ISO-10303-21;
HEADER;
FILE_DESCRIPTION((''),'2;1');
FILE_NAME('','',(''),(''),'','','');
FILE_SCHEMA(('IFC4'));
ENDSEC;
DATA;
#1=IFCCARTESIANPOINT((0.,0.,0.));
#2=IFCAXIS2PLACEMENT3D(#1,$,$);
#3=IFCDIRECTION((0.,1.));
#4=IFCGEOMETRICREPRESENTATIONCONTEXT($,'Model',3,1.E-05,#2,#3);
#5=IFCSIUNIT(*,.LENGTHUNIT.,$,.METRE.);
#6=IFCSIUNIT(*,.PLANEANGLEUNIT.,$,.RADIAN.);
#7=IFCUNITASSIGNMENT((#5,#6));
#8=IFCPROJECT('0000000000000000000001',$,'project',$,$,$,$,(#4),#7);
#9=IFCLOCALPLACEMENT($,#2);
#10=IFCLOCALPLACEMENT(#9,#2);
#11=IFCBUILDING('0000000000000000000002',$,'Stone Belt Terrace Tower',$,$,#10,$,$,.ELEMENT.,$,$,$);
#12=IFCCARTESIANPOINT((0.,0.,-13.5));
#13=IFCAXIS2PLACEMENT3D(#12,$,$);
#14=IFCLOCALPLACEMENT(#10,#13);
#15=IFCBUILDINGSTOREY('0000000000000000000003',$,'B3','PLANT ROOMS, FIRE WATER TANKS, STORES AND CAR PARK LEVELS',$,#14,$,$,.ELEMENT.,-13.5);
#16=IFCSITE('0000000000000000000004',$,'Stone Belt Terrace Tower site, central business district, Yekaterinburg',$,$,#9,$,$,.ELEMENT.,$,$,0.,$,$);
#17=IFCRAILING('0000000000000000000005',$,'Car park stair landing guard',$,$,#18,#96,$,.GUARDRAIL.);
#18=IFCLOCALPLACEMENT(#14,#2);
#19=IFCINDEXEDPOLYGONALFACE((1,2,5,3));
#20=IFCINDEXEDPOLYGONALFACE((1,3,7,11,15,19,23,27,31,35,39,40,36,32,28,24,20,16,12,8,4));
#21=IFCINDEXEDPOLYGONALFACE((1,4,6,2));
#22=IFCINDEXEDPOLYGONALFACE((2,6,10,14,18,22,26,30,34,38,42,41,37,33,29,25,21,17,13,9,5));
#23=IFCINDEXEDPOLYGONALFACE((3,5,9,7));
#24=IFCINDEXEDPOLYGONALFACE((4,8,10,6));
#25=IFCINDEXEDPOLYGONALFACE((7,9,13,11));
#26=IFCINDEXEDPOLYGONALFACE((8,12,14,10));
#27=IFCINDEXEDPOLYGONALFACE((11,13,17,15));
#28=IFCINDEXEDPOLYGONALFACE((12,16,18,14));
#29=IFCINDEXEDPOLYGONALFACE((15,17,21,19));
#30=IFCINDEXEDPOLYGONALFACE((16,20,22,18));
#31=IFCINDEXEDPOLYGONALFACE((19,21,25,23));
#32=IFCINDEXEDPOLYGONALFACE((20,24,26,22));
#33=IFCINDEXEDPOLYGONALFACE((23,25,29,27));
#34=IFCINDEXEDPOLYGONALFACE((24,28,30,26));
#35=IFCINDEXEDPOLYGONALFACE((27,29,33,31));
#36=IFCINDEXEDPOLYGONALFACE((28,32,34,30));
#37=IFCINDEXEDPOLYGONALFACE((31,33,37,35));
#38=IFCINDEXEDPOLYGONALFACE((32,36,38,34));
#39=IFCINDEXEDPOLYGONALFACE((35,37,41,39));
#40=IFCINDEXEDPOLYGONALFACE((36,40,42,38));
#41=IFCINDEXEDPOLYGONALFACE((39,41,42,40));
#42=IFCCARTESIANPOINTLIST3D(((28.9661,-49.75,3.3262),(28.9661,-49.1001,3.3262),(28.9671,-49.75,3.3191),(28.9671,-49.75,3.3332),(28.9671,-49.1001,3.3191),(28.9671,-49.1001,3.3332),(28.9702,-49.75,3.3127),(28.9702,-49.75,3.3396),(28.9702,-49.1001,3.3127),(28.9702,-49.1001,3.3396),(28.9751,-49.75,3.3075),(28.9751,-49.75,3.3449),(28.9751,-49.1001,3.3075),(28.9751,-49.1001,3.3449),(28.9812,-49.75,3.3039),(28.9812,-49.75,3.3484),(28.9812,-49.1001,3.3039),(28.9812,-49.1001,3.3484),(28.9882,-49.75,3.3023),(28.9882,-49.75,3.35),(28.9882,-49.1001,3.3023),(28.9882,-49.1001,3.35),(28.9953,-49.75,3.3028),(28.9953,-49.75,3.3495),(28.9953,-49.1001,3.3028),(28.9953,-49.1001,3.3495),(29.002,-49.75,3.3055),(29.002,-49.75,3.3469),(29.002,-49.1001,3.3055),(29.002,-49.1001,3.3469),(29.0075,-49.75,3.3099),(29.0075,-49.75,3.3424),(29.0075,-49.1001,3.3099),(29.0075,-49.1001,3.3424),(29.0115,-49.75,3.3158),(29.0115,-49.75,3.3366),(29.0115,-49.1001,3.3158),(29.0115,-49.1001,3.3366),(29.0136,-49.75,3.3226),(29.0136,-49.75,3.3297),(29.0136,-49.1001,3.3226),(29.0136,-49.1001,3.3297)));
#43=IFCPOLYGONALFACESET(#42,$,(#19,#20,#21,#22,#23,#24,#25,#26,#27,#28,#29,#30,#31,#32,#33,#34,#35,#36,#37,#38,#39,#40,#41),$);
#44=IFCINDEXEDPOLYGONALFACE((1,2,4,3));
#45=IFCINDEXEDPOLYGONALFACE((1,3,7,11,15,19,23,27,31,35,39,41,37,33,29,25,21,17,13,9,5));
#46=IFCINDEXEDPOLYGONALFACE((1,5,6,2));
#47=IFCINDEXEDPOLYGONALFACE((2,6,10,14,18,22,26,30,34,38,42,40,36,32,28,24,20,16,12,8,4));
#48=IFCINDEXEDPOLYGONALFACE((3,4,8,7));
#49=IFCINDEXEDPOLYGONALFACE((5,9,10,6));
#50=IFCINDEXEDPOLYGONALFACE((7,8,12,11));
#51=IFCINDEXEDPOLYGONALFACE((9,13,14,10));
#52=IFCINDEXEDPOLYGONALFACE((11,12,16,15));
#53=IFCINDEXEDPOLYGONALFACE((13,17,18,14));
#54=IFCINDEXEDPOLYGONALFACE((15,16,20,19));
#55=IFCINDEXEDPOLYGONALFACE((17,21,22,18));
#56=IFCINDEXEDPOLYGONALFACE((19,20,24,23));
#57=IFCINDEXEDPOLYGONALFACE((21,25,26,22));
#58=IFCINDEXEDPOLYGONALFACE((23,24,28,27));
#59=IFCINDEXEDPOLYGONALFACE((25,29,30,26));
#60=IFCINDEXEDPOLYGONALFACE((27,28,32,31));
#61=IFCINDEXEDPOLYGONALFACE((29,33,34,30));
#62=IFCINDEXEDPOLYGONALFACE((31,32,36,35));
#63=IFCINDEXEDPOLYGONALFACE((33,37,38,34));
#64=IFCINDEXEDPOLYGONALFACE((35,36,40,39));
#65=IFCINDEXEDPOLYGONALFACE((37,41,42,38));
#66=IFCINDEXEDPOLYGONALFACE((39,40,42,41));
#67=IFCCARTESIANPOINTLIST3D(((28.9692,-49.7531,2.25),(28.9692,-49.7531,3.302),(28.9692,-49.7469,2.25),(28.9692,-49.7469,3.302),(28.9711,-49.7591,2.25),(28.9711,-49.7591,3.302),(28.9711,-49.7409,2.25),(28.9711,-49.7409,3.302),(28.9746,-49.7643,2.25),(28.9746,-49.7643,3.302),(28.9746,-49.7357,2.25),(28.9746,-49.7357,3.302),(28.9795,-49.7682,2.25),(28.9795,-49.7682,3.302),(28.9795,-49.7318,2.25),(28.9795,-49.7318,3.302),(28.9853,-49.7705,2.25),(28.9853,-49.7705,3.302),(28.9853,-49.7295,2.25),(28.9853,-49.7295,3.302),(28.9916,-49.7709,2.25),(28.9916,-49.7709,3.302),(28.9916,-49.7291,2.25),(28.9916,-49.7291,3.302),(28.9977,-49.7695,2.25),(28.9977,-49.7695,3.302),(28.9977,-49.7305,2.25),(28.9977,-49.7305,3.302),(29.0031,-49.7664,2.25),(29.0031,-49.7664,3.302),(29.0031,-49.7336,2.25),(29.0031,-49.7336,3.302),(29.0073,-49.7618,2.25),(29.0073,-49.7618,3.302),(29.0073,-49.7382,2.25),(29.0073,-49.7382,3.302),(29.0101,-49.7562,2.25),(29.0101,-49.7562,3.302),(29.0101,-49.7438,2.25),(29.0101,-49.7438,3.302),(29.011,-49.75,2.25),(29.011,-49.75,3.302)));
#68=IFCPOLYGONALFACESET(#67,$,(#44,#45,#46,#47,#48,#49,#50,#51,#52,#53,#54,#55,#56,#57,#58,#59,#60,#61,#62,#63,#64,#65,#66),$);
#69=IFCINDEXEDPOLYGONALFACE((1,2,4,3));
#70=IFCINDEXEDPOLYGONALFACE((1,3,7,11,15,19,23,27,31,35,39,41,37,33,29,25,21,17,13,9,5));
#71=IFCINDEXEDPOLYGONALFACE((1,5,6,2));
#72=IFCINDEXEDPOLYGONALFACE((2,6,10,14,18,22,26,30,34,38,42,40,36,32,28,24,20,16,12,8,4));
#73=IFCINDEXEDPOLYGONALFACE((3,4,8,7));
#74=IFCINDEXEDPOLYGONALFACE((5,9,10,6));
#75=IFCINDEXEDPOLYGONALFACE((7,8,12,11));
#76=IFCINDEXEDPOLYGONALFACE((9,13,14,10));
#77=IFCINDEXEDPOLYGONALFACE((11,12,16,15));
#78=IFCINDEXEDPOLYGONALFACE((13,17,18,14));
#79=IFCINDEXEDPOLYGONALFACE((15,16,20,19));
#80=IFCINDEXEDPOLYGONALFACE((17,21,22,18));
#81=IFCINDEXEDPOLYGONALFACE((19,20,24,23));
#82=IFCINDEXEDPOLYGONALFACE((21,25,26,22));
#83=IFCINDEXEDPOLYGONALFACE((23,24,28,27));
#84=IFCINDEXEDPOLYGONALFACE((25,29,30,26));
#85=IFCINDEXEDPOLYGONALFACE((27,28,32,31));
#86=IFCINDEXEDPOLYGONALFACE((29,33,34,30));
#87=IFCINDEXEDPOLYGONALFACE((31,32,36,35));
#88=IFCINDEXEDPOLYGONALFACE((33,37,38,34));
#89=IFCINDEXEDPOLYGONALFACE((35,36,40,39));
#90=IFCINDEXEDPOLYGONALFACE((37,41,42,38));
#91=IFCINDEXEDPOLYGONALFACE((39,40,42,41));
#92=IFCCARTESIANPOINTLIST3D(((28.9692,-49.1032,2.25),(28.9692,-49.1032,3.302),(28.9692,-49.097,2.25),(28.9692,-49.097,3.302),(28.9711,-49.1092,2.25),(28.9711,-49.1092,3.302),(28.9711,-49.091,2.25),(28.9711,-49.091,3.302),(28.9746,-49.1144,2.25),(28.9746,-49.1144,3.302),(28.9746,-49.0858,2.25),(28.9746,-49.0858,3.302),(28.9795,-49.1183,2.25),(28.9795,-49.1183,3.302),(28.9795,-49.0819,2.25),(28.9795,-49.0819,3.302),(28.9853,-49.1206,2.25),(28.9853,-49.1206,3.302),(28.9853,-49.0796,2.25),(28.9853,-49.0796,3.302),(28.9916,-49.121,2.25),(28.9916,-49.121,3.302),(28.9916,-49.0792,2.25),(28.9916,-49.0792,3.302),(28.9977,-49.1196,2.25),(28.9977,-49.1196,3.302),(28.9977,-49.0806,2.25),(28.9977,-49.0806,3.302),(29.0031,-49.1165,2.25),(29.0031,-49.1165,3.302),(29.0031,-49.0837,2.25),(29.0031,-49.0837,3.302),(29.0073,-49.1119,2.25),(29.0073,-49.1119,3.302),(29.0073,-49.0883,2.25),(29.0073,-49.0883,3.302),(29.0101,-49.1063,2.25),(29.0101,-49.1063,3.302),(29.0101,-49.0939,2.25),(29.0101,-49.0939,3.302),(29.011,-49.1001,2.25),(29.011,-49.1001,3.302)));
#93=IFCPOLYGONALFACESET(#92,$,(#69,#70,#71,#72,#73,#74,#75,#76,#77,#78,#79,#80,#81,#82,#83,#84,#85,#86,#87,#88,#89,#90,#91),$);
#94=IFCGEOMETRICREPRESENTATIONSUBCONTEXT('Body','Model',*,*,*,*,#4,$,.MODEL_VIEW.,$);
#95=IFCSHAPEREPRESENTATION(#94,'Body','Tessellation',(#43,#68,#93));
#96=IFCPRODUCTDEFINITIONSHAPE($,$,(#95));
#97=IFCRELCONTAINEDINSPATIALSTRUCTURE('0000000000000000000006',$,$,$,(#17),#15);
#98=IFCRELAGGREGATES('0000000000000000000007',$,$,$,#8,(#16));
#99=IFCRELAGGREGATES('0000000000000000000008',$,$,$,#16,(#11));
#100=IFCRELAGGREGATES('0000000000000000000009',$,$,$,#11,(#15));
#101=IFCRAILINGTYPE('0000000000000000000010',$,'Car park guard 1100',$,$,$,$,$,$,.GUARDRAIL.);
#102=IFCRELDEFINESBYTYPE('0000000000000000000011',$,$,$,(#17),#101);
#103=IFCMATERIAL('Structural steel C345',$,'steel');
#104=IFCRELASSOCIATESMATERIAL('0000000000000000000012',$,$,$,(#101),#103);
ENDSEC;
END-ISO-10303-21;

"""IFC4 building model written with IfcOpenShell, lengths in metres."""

from ifc_helpers import new_model, si_unit, direction, frame, origin, origin_2d, place, context, subcontext, project, spatial, circle, extrude, material, type_object, element, save


model = new_model("IFC4")

# Units and contexts
model_context = context("Model", 3, precision=1e-05, world=origin(), true_north=direction((0.0, 1.0)))
body_context = subcontext(model_context, "Body", "Model", "MODEL_VIEW")
ifc_project = project(units=[si_unit("LENGTHUNIT", "METRE"), si_unit("PLANEANGLEUNIT", "RADIAN")], contexts=[model_context])

# Site, building, storey
site_placement = place(None, origin())
site = spatial("IfcSite", under=ifc_project, at=site_placement, Name="Stone Belt Terrace Tower site, central business district, Yekaterinburg", CompositionType="ELEMENT", RefElevation=0.0)
building_placement = place(site_placement, origin())
building = spatial("IfcBuilding", under=site, at=building_placement, Name="Stone Belt Terrace Tower", CompositionType="ELEMENT")
storey_placement = place(building_placement, frame((0.0, 0.0, -13.5)))
storey = spatial("IfcBuildingStorey", under=building, at=storey_placement, Name="B3", Description="PLANT ROOMS, FIRE WATER TANKS, STORES AND CAR PARK LEVELS", CompositionType="ELEMENT", Elevation=-13.5)

# Railing
ifc_material_1 = material(Name="Structural steel C345", Category="steel")
railing_type_1 = type_object("IfcRailingType", Name="Car park guard 1100", PredefinedType="GUARDRAIL", material=ifc_material_1)
railing_1_placement = place(storey_placement, frame((28.99, -49.75, 2.25)))
element("IfcRailing", 1, at=railing_1_placement, inside=storey, type_object=railing_type_1, Name="Car park stair landing guard", PredefinedType="GUARDRAIL", context=body_context, shape_type="SweptSolid", body=[
    extrude(circle(Radius=0.0239, at=origin_2d()), frame((0.0, 0.0, 1.0762), z_axis=(0.0, 1.0, 0.0), x_axis=(-1.0, 0.0, 0.0)), (0.0, 0.0, 1.0), 0.6499),
    extrude(circle(Radius=0.021, at=origin_2d()), origin(), (0.0, 0.0, 1.0), 1.052),
    extrude(circle(Radius=0.021, at=origin_2d()), frame((0.0, 0.6499, 0.0)), (0.0, 0.0, 1.0), 1.052),
])

save(model, "model.ifc")
